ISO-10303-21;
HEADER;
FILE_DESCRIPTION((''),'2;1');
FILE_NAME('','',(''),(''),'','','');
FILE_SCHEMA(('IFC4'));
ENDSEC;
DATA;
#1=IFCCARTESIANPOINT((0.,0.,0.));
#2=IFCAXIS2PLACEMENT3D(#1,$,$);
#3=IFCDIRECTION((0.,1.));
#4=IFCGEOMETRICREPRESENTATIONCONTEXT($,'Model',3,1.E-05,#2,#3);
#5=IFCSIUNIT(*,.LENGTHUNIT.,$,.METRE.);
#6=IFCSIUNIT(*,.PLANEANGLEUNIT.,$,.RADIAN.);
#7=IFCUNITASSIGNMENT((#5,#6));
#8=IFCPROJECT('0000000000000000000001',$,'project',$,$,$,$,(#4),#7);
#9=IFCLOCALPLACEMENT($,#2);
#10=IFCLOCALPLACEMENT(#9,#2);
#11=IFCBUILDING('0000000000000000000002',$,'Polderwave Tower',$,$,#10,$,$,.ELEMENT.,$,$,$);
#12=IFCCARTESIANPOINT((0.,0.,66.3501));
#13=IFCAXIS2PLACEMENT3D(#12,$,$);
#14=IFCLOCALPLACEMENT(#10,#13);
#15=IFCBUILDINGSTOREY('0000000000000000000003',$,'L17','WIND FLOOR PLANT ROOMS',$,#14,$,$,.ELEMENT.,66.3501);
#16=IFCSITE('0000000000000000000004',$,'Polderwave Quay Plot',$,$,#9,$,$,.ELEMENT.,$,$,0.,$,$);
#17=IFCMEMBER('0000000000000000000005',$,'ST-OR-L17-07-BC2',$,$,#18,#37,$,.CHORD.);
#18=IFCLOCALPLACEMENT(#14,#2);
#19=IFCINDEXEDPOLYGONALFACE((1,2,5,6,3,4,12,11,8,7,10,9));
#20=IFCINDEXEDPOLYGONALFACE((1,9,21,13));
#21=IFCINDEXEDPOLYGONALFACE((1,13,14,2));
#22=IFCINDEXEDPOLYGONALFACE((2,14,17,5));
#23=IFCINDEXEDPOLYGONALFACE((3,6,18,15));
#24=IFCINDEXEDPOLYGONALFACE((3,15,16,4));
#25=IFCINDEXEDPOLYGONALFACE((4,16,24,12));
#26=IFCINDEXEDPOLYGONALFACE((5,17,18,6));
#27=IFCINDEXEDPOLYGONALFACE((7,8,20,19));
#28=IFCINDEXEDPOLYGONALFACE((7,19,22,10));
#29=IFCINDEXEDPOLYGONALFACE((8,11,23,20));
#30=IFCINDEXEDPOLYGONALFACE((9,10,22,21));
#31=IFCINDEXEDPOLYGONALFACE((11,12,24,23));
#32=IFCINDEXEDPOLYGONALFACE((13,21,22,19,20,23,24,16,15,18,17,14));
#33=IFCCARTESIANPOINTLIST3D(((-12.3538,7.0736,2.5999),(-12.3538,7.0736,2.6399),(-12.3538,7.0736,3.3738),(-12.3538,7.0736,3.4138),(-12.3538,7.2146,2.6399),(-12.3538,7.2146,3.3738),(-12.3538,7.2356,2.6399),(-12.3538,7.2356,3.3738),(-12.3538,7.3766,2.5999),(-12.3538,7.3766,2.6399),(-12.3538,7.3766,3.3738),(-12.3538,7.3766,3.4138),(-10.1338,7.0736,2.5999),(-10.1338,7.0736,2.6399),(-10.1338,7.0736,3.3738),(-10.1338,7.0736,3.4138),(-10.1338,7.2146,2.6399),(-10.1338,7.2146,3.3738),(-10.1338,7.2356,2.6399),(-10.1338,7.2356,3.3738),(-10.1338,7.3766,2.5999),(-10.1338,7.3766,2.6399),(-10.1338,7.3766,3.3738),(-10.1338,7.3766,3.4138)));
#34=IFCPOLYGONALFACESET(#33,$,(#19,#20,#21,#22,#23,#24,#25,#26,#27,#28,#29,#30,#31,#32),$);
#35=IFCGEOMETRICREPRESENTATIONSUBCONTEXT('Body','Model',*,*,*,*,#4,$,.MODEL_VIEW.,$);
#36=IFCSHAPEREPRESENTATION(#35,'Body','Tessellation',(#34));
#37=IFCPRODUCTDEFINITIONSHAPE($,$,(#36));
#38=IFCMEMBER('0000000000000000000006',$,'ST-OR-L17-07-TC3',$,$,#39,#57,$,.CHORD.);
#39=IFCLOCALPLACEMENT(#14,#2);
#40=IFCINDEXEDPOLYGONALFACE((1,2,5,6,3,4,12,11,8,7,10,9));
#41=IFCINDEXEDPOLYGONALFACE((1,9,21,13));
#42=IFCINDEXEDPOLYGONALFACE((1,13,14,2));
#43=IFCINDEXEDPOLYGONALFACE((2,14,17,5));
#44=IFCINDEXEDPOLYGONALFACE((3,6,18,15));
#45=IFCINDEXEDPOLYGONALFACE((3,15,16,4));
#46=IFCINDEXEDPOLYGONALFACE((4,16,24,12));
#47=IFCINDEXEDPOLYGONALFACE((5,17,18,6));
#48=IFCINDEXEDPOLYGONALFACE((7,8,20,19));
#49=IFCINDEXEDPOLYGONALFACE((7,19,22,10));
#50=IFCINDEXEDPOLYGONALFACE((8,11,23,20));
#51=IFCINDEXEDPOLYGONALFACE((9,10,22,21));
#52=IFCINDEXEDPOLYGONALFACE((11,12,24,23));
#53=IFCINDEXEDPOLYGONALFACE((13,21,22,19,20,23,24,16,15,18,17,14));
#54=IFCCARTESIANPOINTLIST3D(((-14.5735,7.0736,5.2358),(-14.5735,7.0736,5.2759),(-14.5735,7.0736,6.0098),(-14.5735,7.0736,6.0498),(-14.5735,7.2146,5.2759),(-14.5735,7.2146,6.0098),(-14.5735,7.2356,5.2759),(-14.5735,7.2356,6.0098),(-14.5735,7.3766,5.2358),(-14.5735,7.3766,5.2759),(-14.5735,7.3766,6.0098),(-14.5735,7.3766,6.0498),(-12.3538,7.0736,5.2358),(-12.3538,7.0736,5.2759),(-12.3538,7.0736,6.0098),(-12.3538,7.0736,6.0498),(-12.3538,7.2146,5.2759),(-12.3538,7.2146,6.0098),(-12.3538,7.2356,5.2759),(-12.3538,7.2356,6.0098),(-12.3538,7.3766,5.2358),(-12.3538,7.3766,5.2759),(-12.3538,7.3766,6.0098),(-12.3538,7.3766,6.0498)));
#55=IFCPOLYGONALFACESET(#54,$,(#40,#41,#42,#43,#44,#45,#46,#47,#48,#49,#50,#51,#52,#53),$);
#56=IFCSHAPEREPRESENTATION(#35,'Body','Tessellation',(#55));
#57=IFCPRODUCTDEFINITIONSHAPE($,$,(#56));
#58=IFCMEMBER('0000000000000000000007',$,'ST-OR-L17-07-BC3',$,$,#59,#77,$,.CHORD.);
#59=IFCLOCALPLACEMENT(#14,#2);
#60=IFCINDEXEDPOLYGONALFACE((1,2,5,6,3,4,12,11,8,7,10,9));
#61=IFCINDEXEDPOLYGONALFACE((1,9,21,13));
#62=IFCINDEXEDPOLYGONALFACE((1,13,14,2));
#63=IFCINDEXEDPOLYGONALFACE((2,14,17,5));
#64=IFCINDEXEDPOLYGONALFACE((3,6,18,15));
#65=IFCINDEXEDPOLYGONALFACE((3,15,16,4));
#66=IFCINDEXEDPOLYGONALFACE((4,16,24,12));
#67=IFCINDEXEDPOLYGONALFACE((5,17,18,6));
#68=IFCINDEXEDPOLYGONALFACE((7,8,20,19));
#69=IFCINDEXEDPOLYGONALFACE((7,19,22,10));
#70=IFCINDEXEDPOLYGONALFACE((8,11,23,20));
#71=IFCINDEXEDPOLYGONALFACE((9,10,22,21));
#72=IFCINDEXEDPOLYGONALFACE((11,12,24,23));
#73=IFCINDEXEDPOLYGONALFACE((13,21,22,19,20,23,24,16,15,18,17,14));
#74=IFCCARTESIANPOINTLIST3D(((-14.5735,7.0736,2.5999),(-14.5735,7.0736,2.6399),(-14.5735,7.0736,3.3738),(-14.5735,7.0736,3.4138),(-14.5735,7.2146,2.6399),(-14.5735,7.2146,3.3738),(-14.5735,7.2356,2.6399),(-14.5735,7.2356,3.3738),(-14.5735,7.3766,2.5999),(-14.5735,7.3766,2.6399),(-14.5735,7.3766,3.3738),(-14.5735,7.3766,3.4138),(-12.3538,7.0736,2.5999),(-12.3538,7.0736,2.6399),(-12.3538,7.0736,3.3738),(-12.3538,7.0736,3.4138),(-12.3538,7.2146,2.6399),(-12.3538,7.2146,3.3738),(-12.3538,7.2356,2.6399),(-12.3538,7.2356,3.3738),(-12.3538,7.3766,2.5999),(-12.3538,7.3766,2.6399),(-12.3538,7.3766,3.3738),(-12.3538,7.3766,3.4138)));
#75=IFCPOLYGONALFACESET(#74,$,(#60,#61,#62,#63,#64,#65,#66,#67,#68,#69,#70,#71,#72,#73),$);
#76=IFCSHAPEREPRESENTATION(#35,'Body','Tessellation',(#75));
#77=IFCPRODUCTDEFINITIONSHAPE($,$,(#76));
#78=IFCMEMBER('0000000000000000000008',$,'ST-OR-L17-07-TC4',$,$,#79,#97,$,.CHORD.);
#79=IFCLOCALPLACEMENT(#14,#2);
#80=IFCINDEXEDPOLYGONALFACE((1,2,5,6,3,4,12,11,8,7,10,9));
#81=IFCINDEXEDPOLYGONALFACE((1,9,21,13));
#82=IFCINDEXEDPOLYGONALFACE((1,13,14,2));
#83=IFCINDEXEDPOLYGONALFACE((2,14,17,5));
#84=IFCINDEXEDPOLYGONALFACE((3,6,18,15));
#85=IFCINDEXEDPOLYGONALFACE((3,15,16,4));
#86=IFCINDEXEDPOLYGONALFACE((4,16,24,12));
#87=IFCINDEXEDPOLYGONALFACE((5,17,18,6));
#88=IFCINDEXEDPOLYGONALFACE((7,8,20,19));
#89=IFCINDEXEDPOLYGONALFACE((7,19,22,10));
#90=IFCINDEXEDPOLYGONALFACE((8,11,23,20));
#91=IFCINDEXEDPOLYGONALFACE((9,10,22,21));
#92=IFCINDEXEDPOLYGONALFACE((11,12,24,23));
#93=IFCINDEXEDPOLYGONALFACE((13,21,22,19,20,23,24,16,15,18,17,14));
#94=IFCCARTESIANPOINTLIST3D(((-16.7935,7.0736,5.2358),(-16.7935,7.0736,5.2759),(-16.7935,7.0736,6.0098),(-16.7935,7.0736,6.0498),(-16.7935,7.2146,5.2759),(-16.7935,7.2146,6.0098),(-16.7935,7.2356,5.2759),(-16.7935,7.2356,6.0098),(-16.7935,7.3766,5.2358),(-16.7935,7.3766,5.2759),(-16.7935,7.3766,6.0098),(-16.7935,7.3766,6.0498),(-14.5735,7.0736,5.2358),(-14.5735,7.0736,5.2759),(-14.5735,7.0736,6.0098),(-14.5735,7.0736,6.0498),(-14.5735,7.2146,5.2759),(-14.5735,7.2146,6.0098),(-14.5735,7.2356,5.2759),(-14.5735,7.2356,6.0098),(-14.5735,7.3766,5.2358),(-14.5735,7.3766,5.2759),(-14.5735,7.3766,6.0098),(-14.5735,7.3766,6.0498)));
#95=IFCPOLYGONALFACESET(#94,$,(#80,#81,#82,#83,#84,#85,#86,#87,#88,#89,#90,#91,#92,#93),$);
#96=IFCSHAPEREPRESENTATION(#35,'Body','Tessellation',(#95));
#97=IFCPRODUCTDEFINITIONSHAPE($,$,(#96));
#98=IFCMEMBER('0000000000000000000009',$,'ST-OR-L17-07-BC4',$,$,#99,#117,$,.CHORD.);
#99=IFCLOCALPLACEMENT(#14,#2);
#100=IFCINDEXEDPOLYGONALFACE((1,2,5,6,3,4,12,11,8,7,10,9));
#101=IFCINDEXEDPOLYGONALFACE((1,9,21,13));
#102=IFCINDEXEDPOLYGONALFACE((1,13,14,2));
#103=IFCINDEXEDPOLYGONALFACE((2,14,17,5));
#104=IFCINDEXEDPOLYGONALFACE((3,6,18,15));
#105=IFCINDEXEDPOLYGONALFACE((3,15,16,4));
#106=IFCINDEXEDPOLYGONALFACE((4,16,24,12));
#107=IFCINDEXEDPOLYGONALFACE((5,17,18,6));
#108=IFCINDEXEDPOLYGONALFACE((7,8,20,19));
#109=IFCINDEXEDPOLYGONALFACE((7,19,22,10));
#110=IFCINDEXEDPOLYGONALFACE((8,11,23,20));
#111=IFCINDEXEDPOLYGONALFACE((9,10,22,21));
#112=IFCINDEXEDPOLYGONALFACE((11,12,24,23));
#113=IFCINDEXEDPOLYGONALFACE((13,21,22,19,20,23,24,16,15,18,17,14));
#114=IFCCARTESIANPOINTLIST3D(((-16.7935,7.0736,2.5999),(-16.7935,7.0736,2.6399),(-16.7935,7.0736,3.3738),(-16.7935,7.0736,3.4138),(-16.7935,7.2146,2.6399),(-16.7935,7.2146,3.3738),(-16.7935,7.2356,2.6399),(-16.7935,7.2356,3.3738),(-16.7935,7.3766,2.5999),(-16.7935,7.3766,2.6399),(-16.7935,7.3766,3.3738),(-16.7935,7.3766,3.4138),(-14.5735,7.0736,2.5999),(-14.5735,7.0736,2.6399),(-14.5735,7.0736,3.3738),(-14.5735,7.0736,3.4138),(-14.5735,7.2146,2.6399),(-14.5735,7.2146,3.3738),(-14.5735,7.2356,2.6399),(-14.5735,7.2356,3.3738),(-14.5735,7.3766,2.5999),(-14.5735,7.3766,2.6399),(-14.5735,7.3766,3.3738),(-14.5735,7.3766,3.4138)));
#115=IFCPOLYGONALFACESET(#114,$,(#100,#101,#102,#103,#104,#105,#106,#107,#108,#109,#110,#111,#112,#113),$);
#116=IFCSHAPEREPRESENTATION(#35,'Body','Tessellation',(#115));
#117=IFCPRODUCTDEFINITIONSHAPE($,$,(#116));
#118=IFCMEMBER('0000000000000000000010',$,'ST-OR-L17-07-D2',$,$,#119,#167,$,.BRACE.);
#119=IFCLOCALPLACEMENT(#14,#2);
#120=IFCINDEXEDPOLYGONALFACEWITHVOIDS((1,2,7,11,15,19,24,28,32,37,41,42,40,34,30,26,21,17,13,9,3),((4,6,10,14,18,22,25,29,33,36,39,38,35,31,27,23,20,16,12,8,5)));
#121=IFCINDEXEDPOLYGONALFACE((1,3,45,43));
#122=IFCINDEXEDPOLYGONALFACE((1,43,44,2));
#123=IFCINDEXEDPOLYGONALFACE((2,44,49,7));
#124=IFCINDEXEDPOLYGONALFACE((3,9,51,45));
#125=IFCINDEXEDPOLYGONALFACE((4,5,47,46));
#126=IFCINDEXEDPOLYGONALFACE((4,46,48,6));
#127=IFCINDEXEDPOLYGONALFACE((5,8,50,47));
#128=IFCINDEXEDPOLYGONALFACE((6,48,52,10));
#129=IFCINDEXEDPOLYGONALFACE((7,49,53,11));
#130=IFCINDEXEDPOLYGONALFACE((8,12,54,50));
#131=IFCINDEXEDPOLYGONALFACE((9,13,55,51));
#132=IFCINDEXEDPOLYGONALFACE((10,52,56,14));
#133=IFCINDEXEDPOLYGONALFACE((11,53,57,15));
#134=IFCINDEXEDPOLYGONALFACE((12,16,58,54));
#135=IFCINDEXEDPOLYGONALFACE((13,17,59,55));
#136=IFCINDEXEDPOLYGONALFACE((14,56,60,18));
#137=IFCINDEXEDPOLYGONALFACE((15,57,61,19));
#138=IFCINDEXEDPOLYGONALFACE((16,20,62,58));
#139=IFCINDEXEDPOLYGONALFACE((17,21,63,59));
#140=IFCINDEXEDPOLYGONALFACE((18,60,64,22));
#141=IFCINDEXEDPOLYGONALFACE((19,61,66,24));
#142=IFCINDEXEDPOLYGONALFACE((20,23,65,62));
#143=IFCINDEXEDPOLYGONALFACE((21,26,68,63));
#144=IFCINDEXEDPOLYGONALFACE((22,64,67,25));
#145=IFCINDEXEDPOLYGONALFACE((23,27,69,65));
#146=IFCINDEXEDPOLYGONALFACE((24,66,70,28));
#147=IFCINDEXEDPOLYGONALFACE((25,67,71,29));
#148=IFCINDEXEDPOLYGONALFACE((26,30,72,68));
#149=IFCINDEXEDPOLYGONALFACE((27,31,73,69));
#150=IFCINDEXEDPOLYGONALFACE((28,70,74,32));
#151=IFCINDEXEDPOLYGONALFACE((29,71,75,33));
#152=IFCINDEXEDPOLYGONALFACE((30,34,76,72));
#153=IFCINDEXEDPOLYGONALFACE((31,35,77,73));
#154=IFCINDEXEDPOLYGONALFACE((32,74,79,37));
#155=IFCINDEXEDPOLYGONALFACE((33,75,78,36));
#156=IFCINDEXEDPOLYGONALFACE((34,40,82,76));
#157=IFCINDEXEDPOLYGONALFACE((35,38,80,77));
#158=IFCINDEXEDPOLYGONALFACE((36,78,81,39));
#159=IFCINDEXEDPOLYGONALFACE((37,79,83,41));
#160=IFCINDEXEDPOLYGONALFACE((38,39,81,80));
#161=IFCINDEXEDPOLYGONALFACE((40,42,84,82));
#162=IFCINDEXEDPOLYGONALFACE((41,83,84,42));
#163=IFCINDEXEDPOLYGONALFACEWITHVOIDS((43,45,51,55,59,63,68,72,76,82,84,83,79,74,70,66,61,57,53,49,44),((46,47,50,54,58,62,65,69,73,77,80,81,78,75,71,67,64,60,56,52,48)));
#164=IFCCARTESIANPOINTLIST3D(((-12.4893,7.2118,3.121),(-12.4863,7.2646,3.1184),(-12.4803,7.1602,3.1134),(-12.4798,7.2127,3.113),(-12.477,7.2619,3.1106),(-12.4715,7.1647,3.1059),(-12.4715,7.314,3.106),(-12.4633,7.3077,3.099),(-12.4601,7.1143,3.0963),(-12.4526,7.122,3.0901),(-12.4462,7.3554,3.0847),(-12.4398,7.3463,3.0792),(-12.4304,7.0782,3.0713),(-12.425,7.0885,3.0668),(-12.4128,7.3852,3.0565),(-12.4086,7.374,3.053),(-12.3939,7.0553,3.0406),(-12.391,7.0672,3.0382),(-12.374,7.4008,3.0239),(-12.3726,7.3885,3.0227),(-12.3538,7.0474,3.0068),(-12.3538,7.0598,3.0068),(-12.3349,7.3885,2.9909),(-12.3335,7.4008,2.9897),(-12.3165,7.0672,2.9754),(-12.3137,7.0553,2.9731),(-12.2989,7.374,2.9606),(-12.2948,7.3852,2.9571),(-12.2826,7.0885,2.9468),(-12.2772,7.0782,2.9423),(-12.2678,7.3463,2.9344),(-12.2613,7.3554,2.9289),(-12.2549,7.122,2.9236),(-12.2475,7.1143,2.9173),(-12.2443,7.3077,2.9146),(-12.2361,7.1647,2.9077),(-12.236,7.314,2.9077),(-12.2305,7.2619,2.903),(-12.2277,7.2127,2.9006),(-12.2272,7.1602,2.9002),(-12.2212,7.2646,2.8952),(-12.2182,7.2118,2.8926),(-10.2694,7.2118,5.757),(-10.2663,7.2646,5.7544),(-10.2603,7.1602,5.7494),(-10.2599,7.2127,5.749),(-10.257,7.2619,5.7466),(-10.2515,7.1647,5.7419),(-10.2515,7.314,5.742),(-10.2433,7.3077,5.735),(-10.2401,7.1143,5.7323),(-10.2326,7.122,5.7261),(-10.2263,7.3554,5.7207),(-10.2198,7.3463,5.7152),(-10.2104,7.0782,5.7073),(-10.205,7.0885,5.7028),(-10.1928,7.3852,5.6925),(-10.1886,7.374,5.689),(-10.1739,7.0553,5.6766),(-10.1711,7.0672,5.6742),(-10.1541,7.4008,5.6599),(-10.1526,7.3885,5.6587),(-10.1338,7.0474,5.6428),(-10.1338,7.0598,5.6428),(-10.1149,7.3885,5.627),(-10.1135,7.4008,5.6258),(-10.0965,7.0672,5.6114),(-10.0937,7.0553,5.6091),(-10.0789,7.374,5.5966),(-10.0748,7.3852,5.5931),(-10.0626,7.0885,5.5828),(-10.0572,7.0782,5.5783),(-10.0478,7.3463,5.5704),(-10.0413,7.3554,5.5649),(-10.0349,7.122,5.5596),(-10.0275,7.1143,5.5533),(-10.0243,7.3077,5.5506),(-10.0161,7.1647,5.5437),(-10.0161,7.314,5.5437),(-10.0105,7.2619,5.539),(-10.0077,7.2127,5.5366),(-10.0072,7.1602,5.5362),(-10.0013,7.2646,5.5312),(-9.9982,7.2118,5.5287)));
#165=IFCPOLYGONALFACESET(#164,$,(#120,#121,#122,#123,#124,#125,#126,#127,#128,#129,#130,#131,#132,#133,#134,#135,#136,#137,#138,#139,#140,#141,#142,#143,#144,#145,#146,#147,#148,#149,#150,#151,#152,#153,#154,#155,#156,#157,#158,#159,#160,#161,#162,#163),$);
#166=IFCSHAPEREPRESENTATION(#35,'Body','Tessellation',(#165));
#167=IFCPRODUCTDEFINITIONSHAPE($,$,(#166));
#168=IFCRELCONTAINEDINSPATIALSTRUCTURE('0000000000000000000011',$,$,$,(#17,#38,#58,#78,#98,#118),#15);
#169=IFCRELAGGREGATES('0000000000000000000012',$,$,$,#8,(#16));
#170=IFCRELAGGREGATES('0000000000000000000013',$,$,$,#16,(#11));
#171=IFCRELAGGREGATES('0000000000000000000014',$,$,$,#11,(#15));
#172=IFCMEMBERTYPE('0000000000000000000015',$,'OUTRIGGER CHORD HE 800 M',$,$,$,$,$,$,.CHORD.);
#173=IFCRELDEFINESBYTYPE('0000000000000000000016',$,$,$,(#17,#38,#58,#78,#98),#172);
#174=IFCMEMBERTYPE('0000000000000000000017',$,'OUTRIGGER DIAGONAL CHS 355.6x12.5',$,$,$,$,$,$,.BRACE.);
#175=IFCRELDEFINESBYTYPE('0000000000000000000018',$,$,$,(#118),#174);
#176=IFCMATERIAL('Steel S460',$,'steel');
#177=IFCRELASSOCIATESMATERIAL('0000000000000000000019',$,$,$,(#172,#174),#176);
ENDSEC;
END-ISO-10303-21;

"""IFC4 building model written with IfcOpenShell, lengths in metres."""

from ifc_helpers import new_model, si_unit, direction, frame, origin, origin_2d, place, context, subcontext, project, spatial, hollow_circle, i_section, extrude, material, material_profile, profile_set, type_object, element, save


model = new_model("IFC4")

# Units and contexts
model_context = context("Model", 3, precision=1e-05, world=origin(), true_north=direction((0.0, 1.0)))
body_context = subcontext(model_context, "Body", "Model", "MODEL_VIEW")
ifc_project = project(units=[si_unit("LENGTHUNIT", "METRE"), si_unit("PLANEANGLEUNIT", "RADIAN")], contexts=[model_context])

# Site, building, storey
site_placement = place(None, origin())
site = spatial("IfcSite", under=ifc_project, at=site_placement, Name="Polderwave Quay Plot", CompositionType="ELEMENT", RefElevation=0.0)
building_placement = place(site_placement, origin())
building = spatial("IfcBuilding", under=site, at=building_placement, Name="Polderwave Tower", CompositionType="ELEMENT")
storey_placement = place(building_placement, frame((0.0, 0.0, 66.3501)))
storey = spatial("IfcBuildingStorey", under=building, at=storey_placement, Name="L17", Description="WIND FLOOR PLANT ROOMS", CompositionType="ELEMENT", Elevation=66.3501)

# Members
ifc_material_1 = material(Name="Steel S460", Category="steel")
ifc_material_profile_1 = material_profile(ifc_material_1, i_section(OverallWidth=0.303, OverallDepth=0.814, WebThickness=0.021, FlangeThickness=0.04, at=origin_2d()), Name="HE 800 M")
ifc_profile_set_1 = profile_set([ifc_material_profile_1], Name="Steel S460")
member_type_1 = type_object("IfcMemberType", Name="OUTRIGGER CHORD HE 800 M", PredefinedType="CHORD", material=ifc_profile_set_1)
for number, where, z_axis, x_axis, name in (
    (1, (-10.1338, 7.2251, 3.0068), (-1.0, 0.0, 0.0), (0.0, -1.0, 0.0), "ST-OR-L17-07-BC2"),
):
    element("IfcMember", number, at=place(storey_placement, frame(where, z_axis=z_axis, x_axis=x_axis)), inside=storey, type_object=member_type_1, Name=name, PredefinedType="CHORD", context=body_context, shape_type="SweptSolid", body=[
        extrude(i_section(OverallWidth=0.303, OverallDepth=0.814, WebThickness=0.021, FlangeThickness=0.04, at=origin_2d()), origin(), (0.0, 0.0, 1.0), 2.22),
    ])
for number, where, z_axis, x_axis, name in (
    (2, (-12.3538, 7.2251, 5.6428), (-1.0, 0.0, 0.0), (0.0, -1.0, 0.0), "ST-OR-L17-07-TC3"),
    (3, (-12.3538, 7.2251, 3.0068), (-1.0, 0.0, 0.0), (0.0, -1.0, 0.0), "ST-OR-L17-07-BC3"),
):
    element("IfcMember", number, at=place(storey_placement, frame(where, z_axis=z_axis, x_axis=x_axis)), inside=storey, type_object=member_type_1, Name=name, PredefinedType="CHORD", context=body_context, shape_type="SweptSolid", body=[
        extrude(i_section(OverallWidth=0.303, OverallDepth=0.814, WebThickness=0.021, FlangeThickness=0.04, at=origin_2d()), origin(), (0.0, 0.0, 1.0), 2.2197),
    ])
for number, where, z_axis, x_axis, name in (
    (4, (-14.5735, 7.2251, 5.6428), (-1.0, 0.0, 0.0), (0.0, -1.0, 0.0), "ST-OR-L17-07-TC4"),
    (5, (-14.5735, 7.2251, 3.0068), (-1.0, 0.0, 0.0), (0.0, -1.0, 0.0), "ST-OR-L17-07-BC4"),
):
    element("IfcMember", number, at=place(storey_placement, frame(where, z_axis=z_axis, x_axis=x_axis)), inside=storey, type_object=member_type_1, Name=name, PredefinedType="CHORD", context=body_context, shape_type="SweptSolid", body=[
        extrude(i_section(OverallWidth=0.303, OverallDepth=0.814, WebThickness=0.021, FlangeThickness=0.04, at=origin_2d()), origin(), (0.0, 0.0, 1.0), 2.22),
    ])
ifc_material_profile_2 = material_profile(ifc_material_1, hollow_circle(Radius=0.1777, WallThickness=0.0125, at=origin_2d()), Name="CHS 355.6x12.5")
ifc_profile_set_2 = profile_set([ifc_material_profile_2], Name="Steel S460")
member_type_2 = type_object("IfcMemberType", Name="OUTRIGGER DIAGONAL CHS 355.6x12.5", PredefinedType="BRACE", material=ifc_profile_set_2)
member_1_placement = place(storey_placement, frame((-10.1338, 7.2251, 5.6428), z_axis=(-0.644168, 0.0, -0.764884), x_axis=(0.0, -1.0, 0.0)))
element("IfcMember", 6, at=member_1_placement, inside=storey, type_object=member_type_2, Name="ST-OR-L17-07-D2", PredefinedType="BRACE", context=body_context, shape_type="SweptSolid", body=[
    extrude(hollow_circle(Radius=0.1777, WallThickness=0.0125, at=origin_2d()), origin(), (0.0, 0.0, 1.0), 3.4463),
])

save(model, "model.ifc")
